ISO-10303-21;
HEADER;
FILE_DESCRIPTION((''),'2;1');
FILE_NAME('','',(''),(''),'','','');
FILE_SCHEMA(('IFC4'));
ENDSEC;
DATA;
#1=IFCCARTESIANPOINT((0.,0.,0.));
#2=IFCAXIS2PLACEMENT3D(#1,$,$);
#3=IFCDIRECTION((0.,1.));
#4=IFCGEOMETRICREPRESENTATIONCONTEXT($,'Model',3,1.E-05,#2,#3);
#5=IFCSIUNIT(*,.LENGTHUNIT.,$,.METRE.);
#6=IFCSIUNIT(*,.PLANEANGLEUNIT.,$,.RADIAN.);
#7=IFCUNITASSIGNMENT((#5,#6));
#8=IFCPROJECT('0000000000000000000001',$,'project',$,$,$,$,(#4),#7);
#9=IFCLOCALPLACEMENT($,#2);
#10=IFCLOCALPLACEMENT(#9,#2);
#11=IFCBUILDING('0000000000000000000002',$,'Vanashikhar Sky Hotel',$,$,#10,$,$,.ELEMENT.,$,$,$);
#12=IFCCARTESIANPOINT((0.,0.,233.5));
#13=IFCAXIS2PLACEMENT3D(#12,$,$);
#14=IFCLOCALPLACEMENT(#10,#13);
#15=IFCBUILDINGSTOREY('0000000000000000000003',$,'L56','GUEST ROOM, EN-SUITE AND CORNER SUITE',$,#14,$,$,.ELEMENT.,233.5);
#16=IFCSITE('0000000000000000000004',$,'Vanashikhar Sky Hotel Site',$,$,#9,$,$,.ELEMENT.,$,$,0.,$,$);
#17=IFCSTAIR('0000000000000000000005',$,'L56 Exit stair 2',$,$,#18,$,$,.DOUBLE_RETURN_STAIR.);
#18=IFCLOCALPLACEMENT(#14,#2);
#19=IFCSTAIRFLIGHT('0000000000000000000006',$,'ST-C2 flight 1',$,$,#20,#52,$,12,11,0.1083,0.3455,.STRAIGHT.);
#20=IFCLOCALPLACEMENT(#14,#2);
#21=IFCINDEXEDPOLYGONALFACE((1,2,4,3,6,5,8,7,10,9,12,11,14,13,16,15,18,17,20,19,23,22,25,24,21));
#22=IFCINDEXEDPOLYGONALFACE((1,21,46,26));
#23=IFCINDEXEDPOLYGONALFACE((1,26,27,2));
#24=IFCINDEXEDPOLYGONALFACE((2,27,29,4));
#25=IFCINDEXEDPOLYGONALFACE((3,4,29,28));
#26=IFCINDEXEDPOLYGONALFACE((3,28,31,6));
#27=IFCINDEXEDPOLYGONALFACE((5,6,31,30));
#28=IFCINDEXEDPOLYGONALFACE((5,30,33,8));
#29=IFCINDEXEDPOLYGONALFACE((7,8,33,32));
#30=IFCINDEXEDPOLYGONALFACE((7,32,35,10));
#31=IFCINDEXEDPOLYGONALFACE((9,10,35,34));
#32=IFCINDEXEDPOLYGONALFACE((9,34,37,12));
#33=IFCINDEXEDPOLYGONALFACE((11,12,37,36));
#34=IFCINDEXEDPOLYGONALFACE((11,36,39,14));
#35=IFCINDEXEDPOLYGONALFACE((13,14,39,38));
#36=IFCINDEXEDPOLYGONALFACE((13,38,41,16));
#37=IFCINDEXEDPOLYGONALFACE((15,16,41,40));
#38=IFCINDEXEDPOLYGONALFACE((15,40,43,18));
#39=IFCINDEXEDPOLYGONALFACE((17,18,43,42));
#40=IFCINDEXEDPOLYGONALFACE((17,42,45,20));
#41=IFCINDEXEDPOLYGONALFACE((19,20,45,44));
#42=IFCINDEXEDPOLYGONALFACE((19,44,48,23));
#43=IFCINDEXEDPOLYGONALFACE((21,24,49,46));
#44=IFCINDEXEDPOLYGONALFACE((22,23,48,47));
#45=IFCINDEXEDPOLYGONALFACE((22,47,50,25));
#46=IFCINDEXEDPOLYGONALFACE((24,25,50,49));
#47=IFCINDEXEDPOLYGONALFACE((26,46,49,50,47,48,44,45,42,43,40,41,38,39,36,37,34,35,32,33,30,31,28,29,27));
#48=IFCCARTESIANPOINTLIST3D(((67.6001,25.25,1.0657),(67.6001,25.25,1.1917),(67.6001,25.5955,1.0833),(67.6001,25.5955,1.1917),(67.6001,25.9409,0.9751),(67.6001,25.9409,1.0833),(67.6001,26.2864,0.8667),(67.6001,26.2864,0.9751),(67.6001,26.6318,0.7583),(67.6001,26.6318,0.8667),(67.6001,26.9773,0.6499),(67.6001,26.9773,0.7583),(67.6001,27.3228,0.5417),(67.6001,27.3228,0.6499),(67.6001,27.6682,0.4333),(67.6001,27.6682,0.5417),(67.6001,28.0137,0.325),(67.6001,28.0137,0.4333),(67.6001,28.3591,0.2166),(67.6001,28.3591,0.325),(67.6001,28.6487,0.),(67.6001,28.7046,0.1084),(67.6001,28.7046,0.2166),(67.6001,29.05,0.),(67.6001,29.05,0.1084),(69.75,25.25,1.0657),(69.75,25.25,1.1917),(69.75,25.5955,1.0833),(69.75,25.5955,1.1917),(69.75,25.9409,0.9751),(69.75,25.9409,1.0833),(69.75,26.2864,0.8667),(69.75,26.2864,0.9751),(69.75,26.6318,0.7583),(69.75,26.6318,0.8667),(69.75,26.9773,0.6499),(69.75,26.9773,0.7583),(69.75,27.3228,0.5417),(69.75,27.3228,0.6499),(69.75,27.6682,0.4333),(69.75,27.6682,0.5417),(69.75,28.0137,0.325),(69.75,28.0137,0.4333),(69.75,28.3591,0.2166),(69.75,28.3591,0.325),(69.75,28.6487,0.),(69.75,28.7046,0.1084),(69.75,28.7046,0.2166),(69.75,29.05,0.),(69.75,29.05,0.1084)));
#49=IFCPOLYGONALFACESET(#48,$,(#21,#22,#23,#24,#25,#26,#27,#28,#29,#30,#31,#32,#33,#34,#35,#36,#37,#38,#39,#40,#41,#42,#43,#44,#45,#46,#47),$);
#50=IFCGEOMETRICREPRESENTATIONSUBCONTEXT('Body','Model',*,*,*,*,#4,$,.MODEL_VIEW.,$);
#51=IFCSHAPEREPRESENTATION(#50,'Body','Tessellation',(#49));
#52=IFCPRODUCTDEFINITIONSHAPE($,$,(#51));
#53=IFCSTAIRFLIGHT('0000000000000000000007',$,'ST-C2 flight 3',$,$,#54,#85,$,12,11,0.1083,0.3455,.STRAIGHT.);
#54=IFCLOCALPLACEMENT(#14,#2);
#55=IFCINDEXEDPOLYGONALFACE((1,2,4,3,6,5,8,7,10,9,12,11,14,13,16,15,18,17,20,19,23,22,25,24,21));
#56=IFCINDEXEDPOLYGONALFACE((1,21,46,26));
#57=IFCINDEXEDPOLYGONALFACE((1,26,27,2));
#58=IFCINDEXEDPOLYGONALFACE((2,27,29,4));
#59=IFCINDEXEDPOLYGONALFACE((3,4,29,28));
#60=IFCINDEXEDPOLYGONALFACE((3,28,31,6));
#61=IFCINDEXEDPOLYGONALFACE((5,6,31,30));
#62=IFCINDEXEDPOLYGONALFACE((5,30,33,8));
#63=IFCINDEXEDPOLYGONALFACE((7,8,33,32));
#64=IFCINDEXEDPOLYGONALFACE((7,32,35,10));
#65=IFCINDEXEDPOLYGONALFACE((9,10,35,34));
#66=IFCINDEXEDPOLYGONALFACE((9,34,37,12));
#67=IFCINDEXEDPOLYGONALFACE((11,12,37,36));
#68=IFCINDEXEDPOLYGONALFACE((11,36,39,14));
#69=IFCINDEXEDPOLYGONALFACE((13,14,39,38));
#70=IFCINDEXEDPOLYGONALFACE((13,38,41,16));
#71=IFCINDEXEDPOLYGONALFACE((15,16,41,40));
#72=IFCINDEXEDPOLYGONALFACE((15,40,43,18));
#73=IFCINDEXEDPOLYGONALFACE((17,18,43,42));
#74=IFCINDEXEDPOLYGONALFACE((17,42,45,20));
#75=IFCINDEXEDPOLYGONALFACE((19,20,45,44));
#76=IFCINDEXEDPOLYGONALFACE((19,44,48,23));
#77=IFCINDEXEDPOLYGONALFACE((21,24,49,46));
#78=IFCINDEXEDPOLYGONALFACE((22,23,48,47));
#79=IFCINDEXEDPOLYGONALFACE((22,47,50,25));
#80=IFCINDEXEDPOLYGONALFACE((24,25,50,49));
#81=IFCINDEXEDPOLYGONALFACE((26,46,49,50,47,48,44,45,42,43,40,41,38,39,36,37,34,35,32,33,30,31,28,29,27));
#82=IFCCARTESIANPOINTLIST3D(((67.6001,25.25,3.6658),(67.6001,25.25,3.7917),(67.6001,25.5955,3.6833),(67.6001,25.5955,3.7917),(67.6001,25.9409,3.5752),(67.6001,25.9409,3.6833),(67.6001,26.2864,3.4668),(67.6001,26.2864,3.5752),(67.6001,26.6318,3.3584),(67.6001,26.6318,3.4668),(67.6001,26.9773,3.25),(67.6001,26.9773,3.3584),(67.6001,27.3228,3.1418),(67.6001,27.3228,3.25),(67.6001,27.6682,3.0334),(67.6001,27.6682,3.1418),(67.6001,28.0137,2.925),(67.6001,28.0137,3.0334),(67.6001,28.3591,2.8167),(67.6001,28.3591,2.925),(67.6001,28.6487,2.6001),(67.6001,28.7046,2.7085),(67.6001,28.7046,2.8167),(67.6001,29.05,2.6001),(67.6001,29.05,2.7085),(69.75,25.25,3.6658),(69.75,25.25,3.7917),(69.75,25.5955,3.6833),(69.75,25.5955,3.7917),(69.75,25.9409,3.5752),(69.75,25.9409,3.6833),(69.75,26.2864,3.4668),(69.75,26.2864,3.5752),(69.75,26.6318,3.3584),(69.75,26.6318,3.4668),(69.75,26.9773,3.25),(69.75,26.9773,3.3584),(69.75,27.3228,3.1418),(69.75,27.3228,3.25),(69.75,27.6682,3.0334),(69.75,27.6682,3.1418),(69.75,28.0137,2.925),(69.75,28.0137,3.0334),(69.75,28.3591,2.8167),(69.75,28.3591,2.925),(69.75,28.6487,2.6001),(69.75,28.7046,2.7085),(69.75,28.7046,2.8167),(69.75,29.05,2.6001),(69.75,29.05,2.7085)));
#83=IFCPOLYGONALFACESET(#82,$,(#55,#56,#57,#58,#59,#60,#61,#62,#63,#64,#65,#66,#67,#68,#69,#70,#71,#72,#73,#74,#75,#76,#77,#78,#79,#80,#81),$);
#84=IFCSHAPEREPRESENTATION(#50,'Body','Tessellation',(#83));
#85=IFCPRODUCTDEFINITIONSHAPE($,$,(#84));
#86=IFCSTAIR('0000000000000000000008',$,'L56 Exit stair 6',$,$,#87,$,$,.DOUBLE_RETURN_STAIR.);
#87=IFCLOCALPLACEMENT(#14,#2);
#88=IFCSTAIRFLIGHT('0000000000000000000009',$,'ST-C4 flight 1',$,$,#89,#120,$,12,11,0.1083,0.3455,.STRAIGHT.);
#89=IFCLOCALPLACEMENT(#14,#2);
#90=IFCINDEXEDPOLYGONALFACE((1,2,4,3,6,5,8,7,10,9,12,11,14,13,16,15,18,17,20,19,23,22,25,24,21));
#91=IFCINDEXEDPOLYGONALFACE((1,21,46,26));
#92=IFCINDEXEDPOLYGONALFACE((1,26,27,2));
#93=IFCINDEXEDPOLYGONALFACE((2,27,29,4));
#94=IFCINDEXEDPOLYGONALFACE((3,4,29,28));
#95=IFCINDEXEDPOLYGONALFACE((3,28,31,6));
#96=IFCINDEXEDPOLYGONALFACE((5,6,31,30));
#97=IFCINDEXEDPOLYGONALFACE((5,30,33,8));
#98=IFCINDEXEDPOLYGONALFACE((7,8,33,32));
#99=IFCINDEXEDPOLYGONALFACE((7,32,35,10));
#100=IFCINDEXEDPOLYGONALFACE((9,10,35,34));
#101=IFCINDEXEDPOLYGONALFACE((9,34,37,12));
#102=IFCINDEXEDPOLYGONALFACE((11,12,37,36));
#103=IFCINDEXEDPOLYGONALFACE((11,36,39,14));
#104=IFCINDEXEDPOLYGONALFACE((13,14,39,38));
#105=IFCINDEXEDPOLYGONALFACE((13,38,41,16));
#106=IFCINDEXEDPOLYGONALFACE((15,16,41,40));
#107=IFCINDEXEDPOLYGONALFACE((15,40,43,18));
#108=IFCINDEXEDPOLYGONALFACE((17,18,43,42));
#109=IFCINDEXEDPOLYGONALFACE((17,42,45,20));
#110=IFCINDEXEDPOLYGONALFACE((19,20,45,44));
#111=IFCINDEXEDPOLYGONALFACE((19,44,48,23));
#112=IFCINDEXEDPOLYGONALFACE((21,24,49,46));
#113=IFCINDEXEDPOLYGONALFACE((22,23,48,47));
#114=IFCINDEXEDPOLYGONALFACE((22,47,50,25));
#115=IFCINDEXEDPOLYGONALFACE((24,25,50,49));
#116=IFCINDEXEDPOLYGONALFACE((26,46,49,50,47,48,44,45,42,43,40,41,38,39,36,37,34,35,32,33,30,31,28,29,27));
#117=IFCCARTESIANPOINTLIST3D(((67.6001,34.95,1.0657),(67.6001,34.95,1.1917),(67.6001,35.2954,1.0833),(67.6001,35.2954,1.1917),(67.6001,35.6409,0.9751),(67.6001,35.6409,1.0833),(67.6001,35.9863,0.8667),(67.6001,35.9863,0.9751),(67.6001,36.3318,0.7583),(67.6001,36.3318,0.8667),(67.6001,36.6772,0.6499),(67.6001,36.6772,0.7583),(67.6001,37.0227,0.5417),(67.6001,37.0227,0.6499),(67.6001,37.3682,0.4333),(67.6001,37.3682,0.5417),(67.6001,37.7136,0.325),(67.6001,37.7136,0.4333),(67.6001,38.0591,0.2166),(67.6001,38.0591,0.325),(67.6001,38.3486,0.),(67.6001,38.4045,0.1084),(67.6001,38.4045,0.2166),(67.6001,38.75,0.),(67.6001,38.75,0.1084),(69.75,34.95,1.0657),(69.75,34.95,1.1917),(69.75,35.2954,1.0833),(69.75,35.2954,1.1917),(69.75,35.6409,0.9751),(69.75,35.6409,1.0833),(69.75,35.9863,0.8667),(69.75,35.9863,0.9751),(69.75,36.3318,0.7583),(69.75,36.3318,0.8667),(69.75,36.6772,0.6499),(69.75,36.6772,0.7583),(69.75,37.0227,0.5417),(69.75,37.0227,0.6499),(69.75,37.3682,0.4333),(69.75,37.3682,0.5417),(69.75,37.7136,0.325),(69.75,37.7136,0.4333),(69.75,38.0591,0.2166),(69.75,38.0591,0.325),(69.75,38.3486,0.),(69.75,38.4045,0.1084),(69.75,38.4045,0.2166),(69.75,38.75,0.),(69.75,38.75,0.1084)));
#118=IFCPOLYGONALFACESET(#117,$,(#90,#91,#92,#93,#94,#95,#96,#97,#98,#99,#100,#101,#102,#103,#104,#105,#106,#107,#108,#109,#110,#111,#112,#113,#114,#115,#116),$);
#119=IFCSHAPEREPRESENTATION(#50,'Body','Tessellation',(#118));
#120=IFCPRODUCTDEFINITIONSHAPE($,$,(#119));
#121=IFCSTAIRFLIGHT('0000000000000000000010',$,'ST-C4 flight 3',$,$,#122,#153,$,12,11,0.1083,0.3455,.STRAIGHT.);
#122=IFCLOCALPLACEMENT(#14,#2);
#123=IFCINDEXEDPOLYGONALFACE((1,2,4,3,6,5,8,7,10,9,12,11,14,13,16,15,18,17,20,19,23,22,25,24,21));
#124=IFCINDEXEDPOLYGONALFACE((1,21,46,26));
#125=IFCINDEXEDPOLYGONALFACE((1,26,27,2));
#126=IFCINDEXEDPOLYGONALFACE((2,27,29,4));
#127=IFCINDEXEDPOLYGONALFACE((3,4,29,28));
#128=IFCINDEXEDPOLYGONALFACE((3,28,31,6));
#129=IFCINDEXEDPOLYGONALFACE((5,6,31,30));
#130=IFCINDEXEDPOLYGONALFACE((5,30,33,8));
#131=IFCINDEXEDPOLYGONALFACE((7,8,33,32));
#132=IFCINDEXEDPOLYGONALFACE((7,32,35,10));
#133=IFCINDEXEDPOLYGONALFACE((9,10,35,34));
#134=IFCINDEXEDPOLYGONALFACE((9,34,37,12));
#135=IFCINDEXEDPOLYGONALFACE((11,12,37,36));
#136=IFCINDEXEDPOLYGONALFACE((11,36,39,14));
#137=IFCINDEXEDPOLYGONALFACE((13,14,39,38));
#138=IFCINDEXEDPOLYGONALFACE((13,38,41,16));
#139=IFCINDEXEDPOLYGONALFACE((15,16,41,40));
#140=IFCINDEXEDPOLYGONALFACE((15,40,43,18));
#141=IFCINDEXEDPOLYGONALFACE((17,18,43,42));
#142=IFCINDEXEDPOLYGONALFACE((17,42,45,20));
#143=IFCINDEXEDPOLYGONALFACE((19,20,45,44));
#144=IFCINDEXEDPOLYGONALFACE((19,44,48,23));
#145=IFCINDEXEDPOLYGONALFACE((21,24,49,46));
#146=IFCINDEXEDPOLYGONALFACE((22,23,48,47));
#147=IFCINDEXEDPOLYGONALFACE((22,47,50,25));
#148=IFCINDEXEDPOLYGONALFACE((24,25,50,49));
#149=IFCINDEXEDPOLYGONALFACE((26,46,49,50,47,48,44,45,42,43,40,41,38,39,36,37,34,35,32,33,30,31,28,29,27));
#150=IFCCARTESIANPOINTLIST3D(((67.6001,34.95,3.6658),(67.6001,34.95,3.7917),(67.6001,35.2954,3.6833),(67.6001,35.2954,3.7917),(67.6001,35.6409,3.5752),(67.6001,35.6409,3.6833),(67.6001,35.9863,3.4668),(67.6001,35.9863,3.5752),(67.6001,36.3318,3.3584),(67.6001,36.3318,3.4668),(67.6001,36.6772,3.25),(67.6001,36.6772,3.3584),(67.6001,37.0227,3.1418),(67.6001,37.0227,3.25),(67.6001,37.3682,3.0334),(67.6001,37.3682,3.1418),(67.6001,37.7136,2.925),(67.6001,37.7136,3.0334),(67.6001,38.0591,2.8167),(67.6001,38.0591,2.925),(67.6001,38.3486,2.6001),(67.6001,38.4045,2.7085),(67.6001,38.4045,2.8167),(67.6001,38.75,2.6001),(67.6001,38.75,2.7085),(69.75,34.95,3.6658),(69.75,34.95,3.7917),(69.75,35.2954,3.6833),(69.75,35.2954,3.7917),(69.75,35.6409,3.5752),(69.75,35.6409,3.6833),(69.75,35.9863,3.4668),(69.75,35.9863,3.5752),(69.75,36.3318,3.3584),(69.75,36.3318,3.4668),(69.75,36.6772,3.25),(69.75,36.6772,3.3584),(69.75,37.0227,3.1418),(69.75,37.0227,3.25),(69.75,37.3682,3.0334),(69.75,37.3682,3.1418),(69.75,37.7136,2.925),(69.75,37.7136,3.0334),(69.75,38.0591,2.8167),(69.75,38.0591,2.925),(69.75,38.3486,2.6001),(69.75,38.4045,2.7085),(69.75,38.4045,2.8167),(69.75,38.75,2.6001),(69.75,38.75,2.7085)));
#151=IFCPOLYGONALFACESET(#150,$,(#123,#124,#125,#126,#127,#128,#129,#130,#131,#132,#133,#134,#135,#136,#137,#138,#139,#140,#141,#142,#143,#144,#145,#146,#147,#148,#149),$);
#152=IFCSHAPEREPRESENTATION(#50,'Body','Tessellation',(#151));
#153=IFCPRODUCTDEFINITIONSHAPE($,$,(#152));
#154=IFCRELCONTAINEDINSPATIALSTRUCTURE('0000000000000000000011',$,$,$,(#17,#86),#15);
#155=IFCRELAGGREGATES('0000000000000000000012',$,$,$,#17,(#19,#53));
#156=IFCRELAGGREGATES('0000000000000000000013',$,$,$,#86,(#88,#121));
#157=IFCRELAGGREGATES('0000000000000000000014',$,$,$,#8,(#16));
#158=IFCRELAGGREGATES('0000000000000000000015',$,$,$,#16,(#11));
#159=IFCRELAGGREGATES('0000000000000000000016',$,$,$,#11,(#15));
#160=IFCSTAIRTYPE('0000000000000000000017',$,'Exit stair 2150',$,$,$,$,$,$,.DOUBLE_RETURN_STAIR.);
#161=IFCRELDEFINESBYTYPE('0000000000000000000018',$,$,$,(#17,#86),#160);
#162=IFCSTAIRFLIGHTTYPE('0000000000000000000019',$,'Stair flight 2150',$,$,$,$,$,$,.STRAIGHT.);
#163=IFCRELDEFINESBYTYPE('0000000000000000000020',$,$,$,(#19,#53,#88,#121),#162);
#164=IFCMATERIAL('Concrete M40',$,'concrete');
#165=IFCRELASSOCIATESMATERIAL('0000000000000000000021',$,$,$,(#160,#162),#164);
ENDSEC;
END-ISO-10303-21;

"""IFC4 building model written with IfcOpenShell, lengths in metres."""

from ifc_helpers import new_model, si_unit, direction, frame, origin, place, context, subcontext, project, spatial, polyline, outline, extrude, source, transform, mapped, material, type_object, element, aggregate, save


model = new_model("IFC4")

# Units and contexts
model_context = context("Model", 3, precision=1e-05, world=origin(), true_north=direction((0.0, 1.0)))
body_context = subcontext(model_context, "Body", "Model", "MODEL_VIEW")
ifc_project = project(units=[si_unit("LENGTHUNIT", "METRE"), si_unit("PLANEANGLEUNIT", "RADIAN")], contexts=[model_context])

# Site, building, storey
site_placement = place(None, origin())
site = spatial("IfcSite", under=ifc_project, at=site_placement, Name="Vanashikhar Sky Hotel Site", CompositionType="ELEMENT", RefElevation=0.0)
building_placement = place(site_placement, origin())
building = spatial("IfcBuilding", under=site, at=building_placement, Name="Vanashikhar Sky Hotel", CompositionType="ELEMENT")
storey_placement = place(building_placement, frame((0.0, 0.0, 233.5)))
storey = spatial("IfcBuildingStorey", under=building, at=storey_placement, Name="L56", Description="GUEST ROOM, EN-SUITE AND CORNER SUITE", CompositionType="ELEMENT", Elevation=233.5)

# Stairs, stair flights
ifc_material_1 = material(Name="Concrete M40", Category="concrete")
stair_type = type_object("IfcStairType", Name="Exit stair 2150", PredefinedType="DOUBLE_RETURN_STAIR", material=ifc_material_1)
stair_1_placement = place(storey_placement, origin())
stair_1 = element("IfcStair", 1, at=stair_1_placement, inside=storey, type_object=stair_type, Name="L56 Exit stair 2", PredefinedType="DOUBLE_RETURN_STAIR")
stair_flight_type = type_object("IfcStairFlightType", Name="Stair flight 2150", PredefinedType="STRAIGHT", material=ifc_material_1)
shared_shape_1 = source(origin(), body_context, "Body", "SweptSolid", [
    extrude(outline(polyline([(0.0, 0.0), (0.0, 0.1084), (0.3455, 0.1084), (0.3455, 0.2166), (0.6909, 0.2166), (0.6909, 0.325), (1.0364, 0.325), (1.0364, 0.4333), (1.3818, 0.4333), (1.3818, 0.5417), (1.7273, 0.5417), (1.7273, 0.6499), (2.0728, 0.6499), (2.0728, 0.7583), (2.4182, 0.7583), (2.4182, 0.8667), (2.7637, 0.8667), (2.7637, 0.9751), (3.1091, 0.9751), (3.1091, 1.0833), (3.4546, 1.0833), (3.4546, 1.1917), (3.8, 1.1917), (3.8, 1.3), (3.8, 1.0657), (0.4014, 0.0), (0.0, 0.0)])), frame((0.0, 1.075, 0.0), z_axis=(0.0, -1.0, 0.0), x_axis=(1.0, 0.0, 0.0)), (0.0, 0.0, 1.0), 2.1499),
])
stair_flight_1_placement = place(storey_placement, frame((68.675, 29.05, 0.0), z_axis=(0.0, 0.0, 1.0), x_axis=(0.0, -1.0, 0.0)))
stair_flight_1 = element("IfcStairFlight", 2, at=stair_flight_1_placement, type_object=stair_flight_type, Name="ST-C2 flight 1", NumberOfRisers=12, NumberOfTreads=11, PredefinedType="STRAIGHT", RiserHeight=0.1083, TreadLength=0.3455, context=body_context, shape_type="MappedRepresentation", body=[
    mapped(shared_shape_1, transform((0.0, 0.0, 0.0), scale=1.0)),
])
stair_flight_2_placement = place(storey_placement, frame((68.675, 29.05, 2.6001), z_axis=(0.0, 0.0, 1.0), x_axis=(0.0, -1.0, 0.0)))
stair_flight_2 = element("IfcStairFlight", 3, at=stair_flight_2_placement, type_object=stair_flight_type, Name="ST-C2 flight 3", NumberOfRisers=12, NumberOfTreads=11, PredefinedType="STRAIGHT", RiserHeight=0.1083, TreadLength=0.3455, context=body_context, shape_type="MappedRepresentation", body=[
    mapped(shared_shape_1, transform((0.0, 0.0, 0.0), scale=1.0)),
])
aggregate(stair_1, [stair_flight_1, stair_flight_2])
stair_2_placement = place(storey_placement, origin())
stair_2 = element("IfcStair", 4, at=stair_2_placement, inside=storey, type_object=stair_type, Name="L56 Exit stair 6", PredefinedType="DOUBLE_RETURN_STAIR")
stair_flight_3_placement = place(storey_placement, frame((68.675, 38.75, 0.0), z_axis=(0.0, 0.0, 1.0), x_axis=(0.0, -1.0, 0.0)))
stair_flight_3 = element("IfcStairFlight", 5, at=stair_flight_3_placement, type_object=stair_flight_type, Name="ST-C4 flight 1", NumberOfRisers=12, NumberOfTreads=11, PredefinedType="STRAIGHT", RiserHeight=0.1083, TreadLength=0.3455, context=body_context, shape_type="MappedRepresentation", body=[
    mapped(shared_shape_1, transform((0.0, 0.0, 0.0), scale=1.0)),
])
stair_flight_4_placement = place(storey_placement, frame((68.675, 38.75, 2.6001), z_axis=(0.0, 0.0, 1.0), x_axis=(0.0, -1.0, 0.0)))
stair_flight_4 = element("IfcStairFlight", 6, at=stair_flight_4_placement, type_object=stair_flight_type, Name="ST-C4 flight 3", NumberOfRisers=12, NumberOfTreads=11, PredefinedType="STRAIGHT", RiserHeight=0.1083, TreadLength=0.3455, context=body_context, shape_type="MappedRepresentation", body=[
    mapped(shared_shape_1, transform((0.0, 0.0, 0.0), scale=1.0)),
])
aggregate(stair_2, [stair_flight_3, stair_flight_4])

save(model, "model.ifc")
